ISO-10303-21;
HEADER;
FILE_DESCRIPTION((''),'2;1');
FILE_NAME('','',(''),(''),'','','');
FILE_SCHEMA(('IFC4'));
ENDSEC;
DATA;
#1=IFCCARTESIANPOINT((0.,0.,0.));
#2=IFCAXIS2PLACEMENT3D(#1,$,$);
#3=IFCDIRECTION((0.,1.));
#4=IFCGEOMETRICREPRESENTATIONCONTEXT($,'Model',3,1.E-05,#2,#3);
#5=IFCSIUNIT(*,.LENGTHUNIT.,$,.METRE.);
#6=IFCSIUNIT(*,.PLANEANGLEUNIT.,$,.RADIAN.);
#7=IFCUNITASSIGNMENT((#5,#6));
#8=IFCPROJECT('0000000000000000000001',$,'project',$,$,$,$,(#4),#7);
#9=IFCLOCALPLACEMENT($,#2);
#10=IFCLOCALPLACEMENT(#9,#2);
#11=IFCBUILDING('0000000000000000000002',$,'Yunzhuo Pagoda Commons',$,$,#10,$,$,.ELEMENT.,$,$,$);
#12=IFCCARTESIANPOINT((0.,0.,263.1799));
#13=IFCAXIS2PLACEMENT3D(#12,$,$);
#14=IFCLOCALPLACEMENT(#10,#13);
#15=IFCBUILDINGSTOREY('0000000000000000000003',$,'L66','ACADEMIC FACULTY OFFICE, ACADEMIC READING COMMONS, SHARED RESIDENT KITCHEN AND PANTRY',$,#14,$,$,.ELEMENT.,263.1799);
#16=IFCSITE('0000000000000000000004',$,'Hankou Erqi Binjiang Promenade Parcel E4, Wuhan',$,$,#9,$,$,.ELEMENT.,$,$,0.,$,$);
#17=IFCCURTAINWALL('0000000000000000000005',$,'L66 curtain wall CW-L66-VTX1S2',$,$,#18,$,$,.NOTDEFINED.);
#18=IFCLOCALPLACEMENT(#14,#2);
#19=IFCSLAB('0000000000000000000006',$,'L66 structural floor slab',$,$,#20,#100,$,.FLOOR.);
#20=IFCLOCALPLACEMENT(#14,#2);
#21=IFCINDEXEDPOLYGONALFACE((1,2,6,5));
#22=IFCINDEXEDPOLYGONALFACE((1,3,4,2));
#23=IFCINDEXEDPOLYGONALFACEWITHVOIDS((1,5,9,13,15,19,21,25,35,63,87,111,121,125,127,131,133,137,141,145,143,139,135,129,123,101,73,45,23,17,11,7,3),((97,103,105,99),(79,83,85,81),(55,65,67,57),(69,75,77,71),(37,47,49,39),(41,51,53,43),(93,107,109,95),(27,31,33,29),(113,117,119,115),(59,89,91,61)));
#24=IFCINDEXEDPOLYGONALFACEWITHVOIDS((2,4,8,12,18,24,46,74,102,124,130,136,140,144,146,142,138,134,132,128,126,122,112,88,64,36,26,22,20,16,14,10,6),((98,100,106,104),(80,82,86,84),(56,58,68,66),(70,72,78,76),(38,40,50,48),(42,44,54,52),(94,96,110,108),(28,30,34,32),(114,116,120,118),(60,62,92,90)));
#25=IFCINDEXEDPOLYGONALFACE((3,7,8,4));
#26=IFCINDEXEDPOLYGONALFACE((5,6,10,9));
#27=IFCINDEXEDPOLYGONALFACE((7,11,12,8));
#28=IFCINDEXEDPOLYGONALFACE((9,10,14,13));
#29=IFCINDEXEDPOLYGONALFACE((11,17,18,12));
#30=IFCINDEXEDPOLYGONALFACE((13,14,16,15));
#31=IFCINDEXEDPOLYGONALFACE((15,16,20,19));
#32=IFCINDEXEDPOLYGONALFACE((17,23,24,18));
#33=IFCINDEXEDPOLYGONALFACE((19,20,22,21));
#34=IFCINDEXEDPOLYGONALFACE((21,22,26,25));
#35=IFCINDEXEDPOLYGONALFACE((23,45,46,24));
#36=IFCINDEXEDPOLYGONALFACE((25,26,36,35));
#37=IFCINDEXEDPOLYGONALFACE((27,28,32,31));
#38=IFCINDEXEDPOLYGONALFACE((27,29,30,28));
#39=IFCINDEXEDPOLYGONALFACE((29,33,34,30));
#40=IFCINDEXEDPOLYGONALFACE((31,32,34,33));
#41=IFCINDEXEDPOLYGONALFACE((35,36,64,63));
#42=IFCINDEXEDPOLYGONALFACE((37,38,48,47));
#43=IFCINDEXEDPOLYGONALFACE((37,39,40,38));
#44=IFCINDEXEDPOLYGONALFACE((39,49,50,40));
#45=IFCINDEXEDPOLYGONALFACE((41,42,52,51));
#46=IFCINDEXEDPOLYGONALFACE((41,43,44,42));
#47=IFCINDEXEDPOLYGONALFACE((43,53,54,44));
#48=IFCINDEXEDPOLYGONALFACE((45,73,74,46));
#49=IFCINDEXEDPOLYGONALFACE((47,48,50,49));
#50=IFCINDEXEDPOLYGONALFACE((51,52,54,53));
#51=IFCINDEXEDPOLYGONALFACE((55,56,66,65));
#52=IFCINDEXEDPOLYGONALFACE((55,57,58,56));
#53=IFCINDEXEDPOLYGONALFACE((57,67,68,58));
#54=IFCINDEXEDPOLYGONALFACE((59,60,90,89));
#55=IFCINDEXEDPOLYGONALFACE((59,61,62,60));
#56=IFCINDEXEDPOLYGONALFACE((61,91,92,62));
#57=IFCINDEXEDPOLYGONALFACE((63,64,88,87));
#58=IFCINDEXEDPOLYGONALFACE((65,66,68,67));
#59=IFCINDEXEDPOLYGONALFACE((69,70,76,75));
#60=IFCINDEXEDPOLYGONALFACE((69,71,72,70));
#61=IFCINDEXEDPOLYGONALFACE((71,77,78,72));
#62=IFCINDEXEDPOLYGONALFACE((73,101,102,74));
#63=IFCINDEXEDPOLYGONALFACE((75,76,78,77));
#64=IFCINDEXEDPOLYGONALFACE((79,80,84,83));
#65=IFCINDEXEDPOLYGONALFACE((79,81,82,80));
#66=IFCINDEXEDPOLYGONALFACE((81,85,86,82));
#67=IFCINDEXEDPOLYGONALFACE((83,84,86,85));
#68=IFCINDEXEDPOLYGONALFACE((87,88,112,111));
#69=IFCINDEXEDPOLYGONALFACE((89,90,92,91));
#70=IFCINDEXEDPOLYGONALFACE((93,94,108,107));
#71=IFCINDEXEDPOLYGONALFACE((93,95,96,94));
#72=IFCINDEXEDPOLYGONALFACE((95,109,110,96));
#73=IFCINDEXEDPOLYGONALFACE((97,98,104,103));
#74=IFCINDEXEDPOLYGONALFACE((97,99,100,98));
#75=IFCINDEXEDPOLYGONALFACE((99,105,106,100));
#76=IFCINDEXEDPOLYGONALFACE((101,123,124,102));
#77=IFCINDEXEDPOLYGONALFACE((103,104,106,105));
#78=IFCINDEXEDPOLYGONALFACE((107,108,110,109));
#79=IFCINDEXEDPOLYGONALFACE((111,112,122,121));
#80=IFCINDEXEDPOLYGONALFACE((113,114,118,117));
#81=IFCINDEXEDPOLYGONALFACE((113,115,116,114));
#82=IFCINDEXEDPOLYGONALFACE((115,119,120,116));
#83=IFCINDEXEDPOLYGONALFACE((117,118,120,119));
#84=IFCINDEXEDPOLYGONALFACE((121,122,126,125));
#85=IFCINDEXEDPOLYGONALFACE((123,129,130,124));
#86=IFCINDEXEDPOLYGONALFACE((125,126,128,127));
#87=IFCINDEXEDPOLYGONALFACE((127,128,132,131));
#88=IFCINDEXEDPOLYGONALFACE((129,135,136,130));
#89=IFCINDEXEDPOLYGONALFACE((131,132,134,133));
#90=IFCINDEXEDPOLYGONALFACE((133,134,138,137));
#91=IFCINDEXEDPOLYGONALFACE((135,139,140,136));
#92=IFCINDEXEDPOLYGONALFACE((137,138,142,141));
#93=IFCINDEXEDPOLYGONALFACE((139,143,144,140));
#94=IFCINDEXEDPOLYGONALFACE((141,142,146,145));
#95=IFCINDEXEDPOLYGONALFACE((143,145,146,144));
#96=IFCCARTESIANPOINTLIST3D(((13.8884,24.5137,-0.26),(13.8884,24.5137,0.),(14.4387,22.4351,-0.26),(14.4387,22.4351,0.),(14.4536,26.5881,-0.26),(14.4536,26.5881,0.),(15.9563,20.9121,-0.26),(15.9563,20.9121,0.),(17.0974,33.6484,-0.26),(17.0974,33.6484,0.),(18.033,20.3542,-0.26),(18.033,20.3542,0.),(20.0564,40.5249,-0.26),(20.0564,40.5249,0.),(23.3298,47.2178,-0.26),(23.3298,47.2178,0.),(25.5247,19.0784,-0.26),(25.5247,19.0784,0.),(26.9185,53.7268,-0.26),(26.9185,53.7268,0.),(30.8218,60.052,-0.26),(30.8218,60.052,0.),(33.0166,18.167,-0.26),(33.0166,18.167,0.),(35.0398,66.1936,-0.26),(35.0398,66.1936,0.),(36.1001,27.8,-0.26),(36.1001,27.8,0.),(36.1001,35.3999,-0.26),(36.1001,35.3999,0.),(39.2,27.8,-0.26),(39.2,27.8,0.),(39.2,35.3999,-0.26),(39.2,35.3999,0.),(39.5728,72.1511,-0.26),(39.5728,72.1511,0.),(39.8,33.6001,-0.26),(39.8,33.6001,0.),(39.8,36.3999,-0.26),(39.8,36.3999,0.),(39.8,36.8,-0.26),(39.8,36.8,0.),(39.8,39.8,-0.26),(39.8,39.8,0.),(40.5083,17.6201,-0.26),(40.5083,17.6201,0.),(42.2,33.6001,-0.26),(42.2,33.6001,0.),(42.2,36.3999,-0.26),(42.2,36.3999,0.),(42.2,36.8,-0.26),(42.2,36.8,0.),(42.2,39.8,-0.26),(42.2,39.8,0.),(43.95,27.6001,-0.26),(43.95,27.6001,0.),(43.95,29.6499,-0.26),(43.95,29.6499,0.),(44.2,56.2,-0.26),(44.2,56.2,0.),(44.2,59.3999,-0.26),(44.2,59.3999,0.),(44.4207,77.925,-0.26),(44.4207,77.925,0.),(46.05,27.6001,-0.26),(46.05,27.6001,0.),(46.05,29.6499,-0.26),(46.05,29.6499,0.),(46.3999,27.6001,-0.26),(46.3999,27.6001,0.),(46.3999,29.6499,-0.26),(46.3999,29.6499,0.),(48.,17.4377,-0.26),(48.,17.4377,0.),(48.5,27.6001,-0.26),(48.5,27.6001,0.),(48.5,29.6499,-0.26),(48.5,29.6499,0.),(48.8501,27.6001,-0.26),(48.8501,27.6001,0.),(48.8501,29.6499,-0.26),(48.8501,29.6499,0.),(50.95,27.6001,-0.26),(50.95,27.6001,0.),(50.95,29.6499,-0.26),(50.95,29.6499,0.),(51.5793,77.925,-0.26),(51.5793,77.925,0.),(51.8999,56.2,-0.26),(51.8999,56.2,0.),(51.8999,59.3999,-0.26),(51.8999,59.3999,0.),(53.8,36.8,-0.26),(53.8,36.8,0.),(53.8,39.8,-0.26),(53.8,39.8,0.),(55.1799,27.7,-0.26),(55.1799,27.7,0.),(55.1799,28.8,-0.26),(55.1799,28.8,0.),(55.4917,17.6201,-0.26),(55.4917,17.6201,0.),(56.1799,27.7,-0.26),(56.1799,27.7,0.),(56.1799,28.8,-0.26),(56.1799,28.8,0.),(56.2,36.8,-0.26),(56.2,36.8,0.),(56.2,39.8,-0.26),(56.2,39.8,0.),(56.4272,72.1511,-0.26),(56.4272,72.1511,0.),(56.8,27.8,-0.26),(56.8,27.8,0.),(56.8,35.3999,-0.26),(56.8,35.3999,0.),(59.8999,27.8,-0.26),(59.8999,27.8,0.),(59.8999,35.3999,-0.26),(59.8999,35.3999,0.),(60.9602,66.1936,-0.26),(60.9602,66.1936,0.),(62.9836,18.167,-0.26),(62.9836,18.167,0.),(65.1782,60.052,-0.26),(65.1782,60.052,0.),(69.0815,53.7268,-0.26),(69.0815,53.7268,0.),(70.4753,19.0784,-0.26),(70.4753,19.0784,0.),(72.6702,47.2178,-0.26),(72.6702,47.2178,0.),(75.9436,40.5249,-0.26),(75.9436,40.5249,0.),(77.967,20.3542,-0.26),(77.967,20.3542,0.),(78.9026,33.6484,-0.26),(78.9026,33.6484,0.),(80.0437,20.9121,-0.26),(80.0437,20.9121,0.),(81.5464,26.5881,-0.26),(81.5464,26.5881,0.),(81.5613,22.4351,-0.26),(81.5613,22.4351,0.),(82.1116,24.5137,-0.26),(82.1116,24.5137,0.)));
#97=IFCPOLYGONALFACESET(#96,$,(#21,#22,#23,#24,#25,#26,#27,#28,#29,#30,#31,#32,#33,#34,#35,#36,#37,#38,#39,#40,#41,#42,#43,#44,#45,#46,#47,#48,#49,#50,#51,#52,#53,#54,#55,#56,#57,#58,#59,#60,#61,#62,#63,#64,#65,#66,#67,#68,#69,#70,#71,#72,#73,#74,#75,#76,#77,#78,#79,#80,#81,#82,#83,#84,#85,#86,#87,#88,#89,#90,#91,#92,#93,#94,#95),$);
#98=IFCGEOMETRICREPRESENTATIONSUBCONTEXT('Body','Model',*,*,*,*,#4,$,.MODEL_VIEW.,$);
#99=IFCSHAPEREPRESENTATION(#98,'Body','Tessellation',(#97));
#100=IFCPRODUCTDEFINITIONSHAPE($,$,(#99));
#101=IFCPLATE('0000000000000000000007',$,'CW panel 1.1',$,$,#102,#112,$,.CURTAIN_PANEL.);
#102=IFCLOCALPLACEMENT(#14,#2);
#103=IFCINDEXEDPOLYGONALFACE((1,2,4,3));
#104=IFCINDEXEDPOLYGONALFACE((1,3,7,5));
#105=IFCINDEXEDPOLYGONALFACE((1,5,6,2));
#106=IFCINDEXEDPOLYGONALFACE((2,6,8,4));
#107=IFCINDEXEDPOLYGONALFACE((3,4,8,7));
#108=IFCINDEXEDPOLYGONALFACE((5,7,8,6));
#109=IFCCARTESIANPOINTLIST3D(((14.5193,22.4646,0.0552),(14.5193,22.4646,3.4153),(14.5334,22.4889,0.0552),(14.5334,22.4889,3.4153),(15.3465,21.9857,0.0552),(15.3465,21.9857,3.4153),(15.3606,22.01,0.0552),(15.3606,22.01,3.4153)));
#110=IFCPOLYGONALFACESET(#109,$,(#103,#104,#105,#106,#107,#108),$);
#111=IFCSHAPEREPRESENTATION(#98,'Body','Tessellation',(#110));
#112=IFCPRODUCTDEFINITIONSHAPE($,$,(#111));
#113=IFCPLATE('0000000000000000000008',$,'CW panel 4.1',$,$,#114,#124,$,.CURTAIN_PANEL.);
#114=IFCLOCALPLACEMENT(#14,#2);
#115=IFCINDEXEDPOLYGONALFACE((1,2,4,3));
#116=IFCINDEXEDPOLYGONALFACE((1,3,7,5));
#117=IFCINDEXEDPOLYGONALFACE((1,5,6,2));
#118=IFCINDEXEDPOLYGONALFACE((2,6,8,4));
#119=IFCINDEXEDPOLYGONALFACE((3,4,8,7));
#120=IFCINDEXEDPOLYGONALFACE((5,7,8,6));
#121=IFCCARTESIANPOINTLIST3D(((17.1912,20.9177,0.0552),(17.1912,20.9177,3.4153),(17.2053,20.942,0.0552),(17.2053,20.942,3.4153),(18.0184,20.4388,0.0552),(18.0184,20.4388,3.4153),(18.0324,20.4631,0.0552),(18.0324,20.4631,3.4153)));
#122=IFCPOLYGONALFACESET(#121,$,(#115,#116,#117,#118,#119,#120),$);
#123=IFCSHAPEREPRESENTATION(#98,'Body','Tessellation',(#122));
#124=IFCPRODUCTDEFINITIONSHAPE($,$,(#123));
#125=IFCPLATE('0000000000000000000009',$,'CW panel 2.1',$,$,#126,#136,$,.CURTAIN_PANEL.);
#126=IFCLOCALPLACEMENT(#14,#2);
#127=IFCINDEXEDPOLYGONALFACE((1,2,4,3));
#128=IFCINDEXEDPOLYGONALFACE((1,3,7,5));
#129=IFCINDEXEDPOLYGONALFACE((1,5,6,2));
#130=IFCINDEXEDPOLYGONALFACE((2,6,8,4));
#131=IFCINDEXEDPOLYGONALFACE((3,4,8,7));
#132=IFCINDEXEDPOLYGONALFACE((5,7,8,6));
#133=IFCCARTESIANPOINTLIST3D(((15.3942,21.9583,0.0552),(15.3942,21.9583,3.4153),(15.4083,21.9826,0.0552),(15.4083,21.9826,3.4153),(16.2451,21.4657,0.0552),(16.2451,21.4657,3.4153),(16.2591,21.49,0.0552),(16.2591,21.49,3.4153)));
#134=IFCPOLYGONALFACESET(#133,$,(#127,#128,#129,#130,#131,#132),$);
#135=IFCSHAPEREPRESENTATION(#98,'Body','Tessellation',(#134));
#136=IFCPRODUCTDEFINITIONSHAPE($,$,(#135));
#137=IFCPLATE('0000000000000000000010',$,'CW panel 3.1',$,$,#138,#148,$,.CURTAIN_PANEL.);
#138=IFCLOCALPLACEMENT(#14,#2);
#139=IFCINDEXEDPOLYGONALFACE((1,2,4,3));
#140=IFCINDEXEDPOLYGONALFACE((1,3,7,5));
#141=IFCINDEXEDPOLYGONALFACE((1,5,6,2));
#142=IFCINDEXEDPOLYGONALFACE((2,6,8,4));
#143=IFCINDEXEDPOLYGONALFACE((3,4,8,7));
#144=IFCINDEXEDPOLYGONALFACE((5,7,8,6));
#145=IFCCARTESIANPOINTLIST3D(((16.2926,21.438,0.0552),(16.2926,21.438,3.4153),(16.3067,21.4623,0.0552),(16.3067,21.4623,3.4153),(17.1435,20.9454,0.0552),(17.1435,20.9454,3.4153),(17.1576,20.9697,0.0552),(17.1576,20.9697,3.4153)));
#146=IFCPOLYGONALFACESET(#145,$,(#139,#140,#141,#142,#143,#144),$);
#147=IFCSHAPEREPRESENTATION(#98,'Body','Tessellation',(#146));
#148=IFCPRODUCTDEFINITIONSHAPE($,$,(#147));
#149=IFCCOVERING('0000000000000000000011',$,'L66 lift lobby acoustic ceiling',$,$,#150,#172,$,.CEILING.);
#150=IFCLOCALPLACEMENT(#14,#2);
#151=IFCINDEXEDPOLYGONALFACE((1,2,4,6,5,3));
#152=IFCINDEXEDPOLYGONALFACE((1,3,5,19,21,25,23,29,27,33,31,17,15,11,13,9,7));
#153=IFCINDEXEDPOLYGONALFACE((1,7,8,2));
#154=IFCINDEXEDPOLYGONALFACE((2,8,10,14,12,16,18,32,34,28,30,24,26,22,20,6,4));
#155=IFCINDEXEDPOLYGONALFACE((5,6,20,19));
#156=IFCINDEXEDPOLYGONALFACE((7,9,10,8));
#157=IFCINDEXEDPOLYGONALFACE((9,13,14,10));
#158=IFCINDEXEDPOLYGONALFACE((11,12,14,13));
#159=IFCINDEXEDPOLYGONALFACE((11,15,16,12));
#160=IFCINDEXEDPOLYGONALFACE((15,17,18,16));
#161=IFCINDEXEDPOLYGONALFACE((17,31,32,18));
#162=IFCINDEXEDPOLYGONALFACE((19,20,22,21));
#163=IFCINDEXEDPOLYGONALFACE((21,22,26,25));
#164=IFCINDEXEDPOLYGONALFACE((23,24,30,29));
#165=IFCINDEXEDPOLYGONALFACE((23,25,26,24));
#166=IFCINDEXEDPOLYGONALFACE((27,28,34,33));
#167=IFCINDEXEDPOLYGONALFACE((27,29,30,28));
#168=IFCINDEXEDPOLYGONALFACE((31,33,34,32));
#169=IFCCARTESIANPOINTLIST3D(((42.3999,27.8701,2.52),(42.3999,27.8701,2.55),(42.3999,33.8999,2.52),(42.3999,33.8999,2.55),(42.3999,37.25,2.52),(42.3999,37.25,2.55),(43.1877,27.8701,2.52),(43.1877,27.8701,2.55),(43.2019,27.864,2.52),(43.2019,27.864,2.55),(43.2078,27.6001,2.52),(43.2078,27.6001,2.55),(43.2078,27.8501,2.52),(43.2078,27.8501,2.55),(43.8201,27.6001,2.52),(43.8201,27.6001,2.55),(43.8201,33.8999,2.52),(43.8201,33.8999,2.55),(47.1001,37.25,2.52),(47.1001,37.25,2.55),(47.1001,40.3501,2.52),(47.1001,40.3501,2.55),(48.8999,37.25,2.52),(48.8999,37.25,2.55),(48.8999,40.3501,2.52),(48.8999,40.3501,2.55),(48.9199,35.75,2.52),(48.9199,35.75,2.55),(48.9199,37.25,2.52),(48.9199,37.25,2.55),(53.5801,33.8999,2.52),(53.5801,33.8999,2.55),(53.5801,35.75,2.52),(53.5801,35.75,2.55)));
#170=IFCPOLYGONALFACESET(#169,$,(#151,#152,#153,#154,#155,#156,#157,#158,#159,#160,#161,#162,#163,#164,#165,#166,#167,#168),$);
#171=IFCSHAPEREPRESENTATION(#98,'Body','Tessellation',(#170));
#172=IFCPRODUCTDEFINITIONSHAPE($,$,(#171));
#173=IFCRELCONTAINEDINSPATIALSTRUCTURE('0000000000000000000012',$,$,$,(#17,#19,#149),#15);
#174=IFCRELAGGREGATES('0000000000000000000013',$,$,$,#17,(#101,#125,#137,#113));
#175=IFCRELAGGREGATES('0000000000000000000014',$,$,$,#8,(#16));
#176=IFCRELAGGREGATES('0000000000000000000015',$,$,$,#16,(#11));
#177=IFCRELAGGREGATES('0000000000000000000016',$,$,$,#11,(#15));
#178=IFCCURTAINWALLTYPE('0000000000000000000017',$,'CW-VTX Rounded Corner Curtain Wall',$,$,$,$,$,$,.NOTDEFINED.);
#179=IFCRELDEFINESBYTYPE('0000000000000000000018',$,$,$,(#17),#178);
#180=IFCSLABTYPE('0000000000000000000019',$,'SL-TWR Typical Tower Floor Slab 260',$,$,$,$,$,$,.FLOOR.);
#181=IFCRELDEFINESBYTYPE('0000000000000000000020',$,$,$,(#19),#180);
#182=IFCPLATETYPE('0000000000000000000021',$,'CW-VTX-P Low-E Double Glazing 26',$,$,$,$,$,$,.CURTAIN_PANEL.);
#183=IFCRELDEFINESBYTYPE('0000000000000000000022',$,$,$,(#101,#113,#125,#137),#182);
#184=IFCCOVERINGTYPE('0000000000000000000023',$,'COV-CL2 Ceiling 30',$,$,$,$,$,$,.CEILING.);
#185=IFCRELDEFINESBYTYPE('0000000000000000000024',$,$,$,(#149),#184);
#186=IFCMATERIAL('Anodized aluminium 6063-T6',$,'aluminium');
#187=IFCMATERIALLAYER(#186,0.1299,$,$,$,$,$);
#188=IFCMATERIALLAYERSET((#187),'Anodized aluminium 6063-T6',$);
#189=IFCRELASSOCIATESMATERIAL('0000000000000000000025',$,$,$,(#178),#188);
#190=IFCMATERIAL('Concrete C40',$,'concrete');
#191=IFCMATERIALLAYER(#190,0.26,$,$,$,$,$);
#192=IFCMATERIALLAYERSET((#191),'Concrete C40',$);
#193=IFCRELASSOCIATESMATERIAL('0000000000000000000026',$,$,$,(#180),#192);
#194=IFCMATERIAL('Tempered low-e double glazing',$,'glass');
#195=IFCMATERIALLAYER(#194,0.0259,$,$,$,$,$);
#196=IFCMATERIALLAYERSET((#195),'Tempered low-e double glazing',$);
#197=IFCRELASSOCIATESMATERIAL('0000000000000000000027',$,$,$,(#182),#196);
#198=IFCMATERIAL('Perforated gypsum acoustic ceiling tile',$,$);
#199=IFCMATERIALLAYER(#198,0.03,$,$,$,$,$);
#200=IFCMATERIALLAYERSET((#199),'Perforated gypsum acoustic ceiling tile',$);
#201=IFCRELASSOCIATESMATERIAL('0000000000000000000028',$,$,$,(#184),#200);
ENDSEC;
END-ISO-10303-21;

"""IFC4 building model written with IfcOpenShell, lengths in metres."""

from ifc_helpers import new_model, si_unit, direction, frame, origin, origin_2d, place, context, subcontext, project, spatial, polyline, rectangle, outline, extrude, source, transform, mapped, material, layer, layer_set, type_object, element, aggregate, save


model = new_model("IFC4")

# Units and contexts
model_context = context("Model", 3, precision=1e-05, world=origin(), true_north=direction((0.0, 1.0)))
body_context = subcontext(model_context, "Body", "Model", "MODEL_VIEW")
ifc_project = project(units=[si_unit("LENGTHUNIT", "METRE"), si_unit("PLANEANGLEUNIT", "RADIAN")], contexts=[model_context])

# Site, building, storey
site_placement = place(None, origin())
site = spatial("IfcSite", under=ifc_project, at=site_placement, Name="Hankou Erqi Binjiang Promenade Parcel E4, Wuhan", CompositionType="ELEMENT", RefElevation=0.0)
building_placement = place(site_placement, origin())
building = spatial("IfcBuilding", under=site, at=building_placement, Name="Yunzhuo Pagoda Commons", CompositionType="ELEMENT")
storey_placement = place(building_placement, frame((0.0, 0.0, 263.1799)))
storey = spatial("IfcBuildingStorey", under=building, at=storey_placement, Name="L66", Description="ACADEMIC FACULTY OFFICE, ACADEMIC READING COMMONS, SHARED RESIDENT KITCHEN AND PANTRY", CompositionType="ELEMENT", Elevation=263.1799)

# Shared definitions
ifc_material_1 = material(Name="Anodized aluminium 6063-T6", Category="aluminium")

# Curtain wall
ifc_layer_1 = layer(ifc_material_1, 0.1299)
ifc_layer_set_1 = layer_set([ifc_layer_1], Name="Anodized aluminium 6063-T6")
curtain_wall_type_1 = type_object("IfcCurtainWallType", Name="CW-VTX Rounded Corner Curtain Wall", PredefinedType="NOTDEFINED", material=ifc_layer_set_1)
curtain_wall_1_placement = place(storey_placement, origin())
curtain_wall_1 = element("IfcCurtainWall", 1, at=curtain_wall_1_placement, inside=storey, type_object=curtain_wall_type_1, Name="L66 curtain wall CW-L66-VTX1S2", PredefinedType="NOTDEFINED")

# Shared definitions
ifc_material_2 = material(Name="Concrete C40", Category="concrete")

# Slab
ifc_layer_2 = layer(ifc_material_2, 0.26)
ifc_layer_set_2 = layer_set([ifc_layer_2], Name="Concrete C40")
slab_type_1 = type_object("IfcSlabType", Name="SL-TWR Typical Tower Floor Slab 260", PredefinedType="FLOOR", material=ifc_layer_set_2)
slab_1_placement = place(storey_placement, frame((0.0, 0.0, -0.26)))
element("IfcSlab", 2, at=slab_1_placement, inside=storey, type_object=slab_type_1, Name="L66 structural floor slab", PredefinedType="FLOOR", context=body_context, shape_type="SweptSolid", body=[
    extrude(outline(polyline([(17.0974, 33.6484), (20.0564, 40.5249), (23.3298, 47.2178), (26.9185, 53.7268), (30.8218, 60.052), (35.0398, 66.1936), (39.5728, 72.1511), (44.4207, 77.925), (51.5793, 77.925), (56.4272, 72.1511), (60.9602, 66.1936), (65.1782, 60.052), (69.0815, 53.7268), (72.6702, 47.2178), (75.9436, 40.5249), (78.9026, 33.6484), (81.5464, 26.5881), (82.1116, 24.5137), (81.5613, 22.4351), (80.0437, 20.9121), (77.967, 20.3542), (70.4753, 19.0784), (62.9836, 18.167), (55.4917, 17.6201), (48.0, 17.4377), (40.5083, 17.6201), (33.0166, 18.167), (25.5247, 19.0784), (18.033, 20.3542), (15.9563, 20.9121), (14.4387, 22.4351), (13.8884, 24.5137), (14.4536, 26.5881), (17.0974, 33.6484)]), holes=[polyline([(56.1799, 28.8), (55.1799, 28.8), (55.1799, 27.7), (56.1799, 27.7), (56.1799, 28.8)]), polyline([(46.05, 29.6499), (43.95, 29.6499), (43.95, 27.6001), (46.05, 27.6001), (46.05, 29.6499)]), polyline([(48.5, 29.6499), (46.3999, 29.6499), (46.3999, 27.6001), (48.5, 27.6001), (48.5, 29.6499)]), polyline([(50.95, 27.6001), (50.95, 29.6499), (48.8501, 29.6499), (48.8501, 27.6001), (50.95, 27.6001)]), polyline([(36.1001, 27.8), (39.2, 27.8), (39.2, 35.3999), (36.1001, 35.3999), (36.1001, 27.8)]), polyline([(59.8999, 27.8), (59.8999, 35.3999), (56.8, 35.3999), (56.8, 27.8), (59.8999, 27.8)]), polyline([(42.2, 36.3999), (39.8, 36.3999), (39.8, 33.6001), (42.2, 33.6001), (42.2, 36.3999)]), polyline([(42.2, 39.8), (39.8, 39.8), (39.8, 36.8), (42.2, 36.8), (42.2, 39.8)]), polyline([(56.2, 36.8), (56.2, 39.8), (53.8, 39.8), (53.8, 36.8), (56.2, 36.8)]), polyline([(51.8999, 56.2), (51.8999, 59.3999), (44.2, 59.3999), (44.2, 56.2), (51.8999, 56.2)])]), origin(), (0.0, 0.0, 1.0), 0.26),
])

# Plates
ifc_material_3 = material(Name="Tempered low-e double glazing", Category="glass")
ifc_layer_3 = layer(ifc_material_3, 0.0259)
ifc_layer_set_3 = layer_set([ifc_layer_3], Name="Tempered low-e double glazing")
plate_type = type_object("IfcPlateType", Name="CW-VTX-P Low-E Double Glazing 26", PredefinedType="CURTAIN_PANEL", material=ifc_layer_set_3)
shared_shape_1 = source(origin(), body_context, "Body", "SweptSolid", [
    extrude(rectangle(XDim=0.9558, YDim=0.0281, at=origin_2d()), origin(), (0.0, 0.0, 1.0), 3.3601),
])
plate_1_placement = place(storey_placement, frame((14.9399, 22.2373, 0.0552), z_axis=(0.0, 0.0, 1.0), x_axis=(0.865432, -0.501027, 0.0)))
plate_1 = element("IfcPlate", 3, at=plate_1_placement, type_object=plate_type, Name="CW panel 1.1", PredefinedType="CURTAIN_PANEL", context=body_context, shape_type="MappedRepresentation", body=[
    mapped(shared_shape_1, transform((0.0, 0.0, 0.0), scale=1.0)),
])
plate_2_placement = place(storey_placement, frame((17.6118, 20.6904, 0.0552), z_axis=(0.0, 0.0, 1.0), x_axis=(0.865432, -0.501027, 0.0)))
plate_2 = element("IfcPlate", 4, at=plate_2_placement, type_object=plate_type, Name="CW panel 4.1", PredefinedType="CURTAIN_PANEL", context=body_context, shape_type="MappedRepresentation", body=[
    mapped(shared_shape_1, transform((0.0, 0.0, 0.0), scale=1.0)),
])
shared_shape_2 = source(origin(), body_context, "Body", "SweptSolid", [
    extrude(rectangle(XDim=0.9832, YDim=0.0281, at=origin_2d()), origin(), (0.0, 0.0, 1.0), 3.3601),
])
plate_3_placement = place(storey_placement, frame((15.8267, 21.7241, 0.0552), z_axis=(0.0, 0.0, 1.0), x_axis=(0.865432, -0.501027, 0.0)))
plate_3 = element("IfcPlate", 5, at=plate_3_placement, type_object=plate_type, Name="CW panel 2.1", PredefinedType="CURTAIN_PANEL", context=body_context, shape_type="MappedRepresentation", body=[
    mapped(shared_shape_2, transform((0.0, 0.0, 0.0), scale=1.0)),
])
plate_4_placement = place(storey_placement, frame((16.7251, 21.2039, 0.0552), z_axis=(0.0, 0.0, 1.0), x_axis=(0.865432, -0.501027, 0.0)))
plate_4 = element("IfcPlate", 6, at=plate_4_placement, type_object=plate_type, Name="CW panel 3.1", PredefinedType="CURTAIN_PANEL", context=body_context, shape_type="MappedRepresentation", body=[
    mapped(shared_shape_2, transform((0.0, 0.0, 0.0), scale=1.0)),
])
aggregate(curtain_wall_1, [plate_1, plate_3, plate_4, plate_2])

# Covering
ifc_material_4 = material(Name="Perforated gypsum acoustic ceiling tile")
ifc_layer_4 = layer(ifc_material_4, 0.03)
ifc_layer_set_4 = layer_set([ifc_layer_4], Name="Perforated gypsum acoustic ceiling tile")
covering_type_1 = type_object("IfcCoveringType", Name="COV-CL2 Ceiling 30", PredefinedType="CEILING", material=ifc_layer_set_4)
covering_1_placement = place(storey_placement, frame((0.0, 0.0, 2.52)))
element("IfcCovering", 7, at=covering_1_placement, inside=storey, type_object=covering_type_1, Name="L66 lift lobby acoustic ceiling", PredefinedType="CEILING", context=body_context, shape_type="SweptSolid", body=[
    extrude(outline(polyline([(42.3999, 37.25), (47.1001, 37.25), (47.1001, 40.3501), (48.8999, 40.3501), (48.8999, 37.25), (48.9199, 37.25), (48.9199, 35.75), (53.5801, 35.75), (53.5801, 33.8999), (43.8201, 33.8999), (43.8201, 27.6001), (43.2078, 27.6001), (43.2078, 27.8501), (43.2019, 27.864), (43.1877, 27.8701), (42.3999, 27.8701), (42.3999, 33.8999), (42.3999, 37.25)])), origin(), (0.0, 0.0, 1.0), 0.03),
])

save(model, "model.ifc")
